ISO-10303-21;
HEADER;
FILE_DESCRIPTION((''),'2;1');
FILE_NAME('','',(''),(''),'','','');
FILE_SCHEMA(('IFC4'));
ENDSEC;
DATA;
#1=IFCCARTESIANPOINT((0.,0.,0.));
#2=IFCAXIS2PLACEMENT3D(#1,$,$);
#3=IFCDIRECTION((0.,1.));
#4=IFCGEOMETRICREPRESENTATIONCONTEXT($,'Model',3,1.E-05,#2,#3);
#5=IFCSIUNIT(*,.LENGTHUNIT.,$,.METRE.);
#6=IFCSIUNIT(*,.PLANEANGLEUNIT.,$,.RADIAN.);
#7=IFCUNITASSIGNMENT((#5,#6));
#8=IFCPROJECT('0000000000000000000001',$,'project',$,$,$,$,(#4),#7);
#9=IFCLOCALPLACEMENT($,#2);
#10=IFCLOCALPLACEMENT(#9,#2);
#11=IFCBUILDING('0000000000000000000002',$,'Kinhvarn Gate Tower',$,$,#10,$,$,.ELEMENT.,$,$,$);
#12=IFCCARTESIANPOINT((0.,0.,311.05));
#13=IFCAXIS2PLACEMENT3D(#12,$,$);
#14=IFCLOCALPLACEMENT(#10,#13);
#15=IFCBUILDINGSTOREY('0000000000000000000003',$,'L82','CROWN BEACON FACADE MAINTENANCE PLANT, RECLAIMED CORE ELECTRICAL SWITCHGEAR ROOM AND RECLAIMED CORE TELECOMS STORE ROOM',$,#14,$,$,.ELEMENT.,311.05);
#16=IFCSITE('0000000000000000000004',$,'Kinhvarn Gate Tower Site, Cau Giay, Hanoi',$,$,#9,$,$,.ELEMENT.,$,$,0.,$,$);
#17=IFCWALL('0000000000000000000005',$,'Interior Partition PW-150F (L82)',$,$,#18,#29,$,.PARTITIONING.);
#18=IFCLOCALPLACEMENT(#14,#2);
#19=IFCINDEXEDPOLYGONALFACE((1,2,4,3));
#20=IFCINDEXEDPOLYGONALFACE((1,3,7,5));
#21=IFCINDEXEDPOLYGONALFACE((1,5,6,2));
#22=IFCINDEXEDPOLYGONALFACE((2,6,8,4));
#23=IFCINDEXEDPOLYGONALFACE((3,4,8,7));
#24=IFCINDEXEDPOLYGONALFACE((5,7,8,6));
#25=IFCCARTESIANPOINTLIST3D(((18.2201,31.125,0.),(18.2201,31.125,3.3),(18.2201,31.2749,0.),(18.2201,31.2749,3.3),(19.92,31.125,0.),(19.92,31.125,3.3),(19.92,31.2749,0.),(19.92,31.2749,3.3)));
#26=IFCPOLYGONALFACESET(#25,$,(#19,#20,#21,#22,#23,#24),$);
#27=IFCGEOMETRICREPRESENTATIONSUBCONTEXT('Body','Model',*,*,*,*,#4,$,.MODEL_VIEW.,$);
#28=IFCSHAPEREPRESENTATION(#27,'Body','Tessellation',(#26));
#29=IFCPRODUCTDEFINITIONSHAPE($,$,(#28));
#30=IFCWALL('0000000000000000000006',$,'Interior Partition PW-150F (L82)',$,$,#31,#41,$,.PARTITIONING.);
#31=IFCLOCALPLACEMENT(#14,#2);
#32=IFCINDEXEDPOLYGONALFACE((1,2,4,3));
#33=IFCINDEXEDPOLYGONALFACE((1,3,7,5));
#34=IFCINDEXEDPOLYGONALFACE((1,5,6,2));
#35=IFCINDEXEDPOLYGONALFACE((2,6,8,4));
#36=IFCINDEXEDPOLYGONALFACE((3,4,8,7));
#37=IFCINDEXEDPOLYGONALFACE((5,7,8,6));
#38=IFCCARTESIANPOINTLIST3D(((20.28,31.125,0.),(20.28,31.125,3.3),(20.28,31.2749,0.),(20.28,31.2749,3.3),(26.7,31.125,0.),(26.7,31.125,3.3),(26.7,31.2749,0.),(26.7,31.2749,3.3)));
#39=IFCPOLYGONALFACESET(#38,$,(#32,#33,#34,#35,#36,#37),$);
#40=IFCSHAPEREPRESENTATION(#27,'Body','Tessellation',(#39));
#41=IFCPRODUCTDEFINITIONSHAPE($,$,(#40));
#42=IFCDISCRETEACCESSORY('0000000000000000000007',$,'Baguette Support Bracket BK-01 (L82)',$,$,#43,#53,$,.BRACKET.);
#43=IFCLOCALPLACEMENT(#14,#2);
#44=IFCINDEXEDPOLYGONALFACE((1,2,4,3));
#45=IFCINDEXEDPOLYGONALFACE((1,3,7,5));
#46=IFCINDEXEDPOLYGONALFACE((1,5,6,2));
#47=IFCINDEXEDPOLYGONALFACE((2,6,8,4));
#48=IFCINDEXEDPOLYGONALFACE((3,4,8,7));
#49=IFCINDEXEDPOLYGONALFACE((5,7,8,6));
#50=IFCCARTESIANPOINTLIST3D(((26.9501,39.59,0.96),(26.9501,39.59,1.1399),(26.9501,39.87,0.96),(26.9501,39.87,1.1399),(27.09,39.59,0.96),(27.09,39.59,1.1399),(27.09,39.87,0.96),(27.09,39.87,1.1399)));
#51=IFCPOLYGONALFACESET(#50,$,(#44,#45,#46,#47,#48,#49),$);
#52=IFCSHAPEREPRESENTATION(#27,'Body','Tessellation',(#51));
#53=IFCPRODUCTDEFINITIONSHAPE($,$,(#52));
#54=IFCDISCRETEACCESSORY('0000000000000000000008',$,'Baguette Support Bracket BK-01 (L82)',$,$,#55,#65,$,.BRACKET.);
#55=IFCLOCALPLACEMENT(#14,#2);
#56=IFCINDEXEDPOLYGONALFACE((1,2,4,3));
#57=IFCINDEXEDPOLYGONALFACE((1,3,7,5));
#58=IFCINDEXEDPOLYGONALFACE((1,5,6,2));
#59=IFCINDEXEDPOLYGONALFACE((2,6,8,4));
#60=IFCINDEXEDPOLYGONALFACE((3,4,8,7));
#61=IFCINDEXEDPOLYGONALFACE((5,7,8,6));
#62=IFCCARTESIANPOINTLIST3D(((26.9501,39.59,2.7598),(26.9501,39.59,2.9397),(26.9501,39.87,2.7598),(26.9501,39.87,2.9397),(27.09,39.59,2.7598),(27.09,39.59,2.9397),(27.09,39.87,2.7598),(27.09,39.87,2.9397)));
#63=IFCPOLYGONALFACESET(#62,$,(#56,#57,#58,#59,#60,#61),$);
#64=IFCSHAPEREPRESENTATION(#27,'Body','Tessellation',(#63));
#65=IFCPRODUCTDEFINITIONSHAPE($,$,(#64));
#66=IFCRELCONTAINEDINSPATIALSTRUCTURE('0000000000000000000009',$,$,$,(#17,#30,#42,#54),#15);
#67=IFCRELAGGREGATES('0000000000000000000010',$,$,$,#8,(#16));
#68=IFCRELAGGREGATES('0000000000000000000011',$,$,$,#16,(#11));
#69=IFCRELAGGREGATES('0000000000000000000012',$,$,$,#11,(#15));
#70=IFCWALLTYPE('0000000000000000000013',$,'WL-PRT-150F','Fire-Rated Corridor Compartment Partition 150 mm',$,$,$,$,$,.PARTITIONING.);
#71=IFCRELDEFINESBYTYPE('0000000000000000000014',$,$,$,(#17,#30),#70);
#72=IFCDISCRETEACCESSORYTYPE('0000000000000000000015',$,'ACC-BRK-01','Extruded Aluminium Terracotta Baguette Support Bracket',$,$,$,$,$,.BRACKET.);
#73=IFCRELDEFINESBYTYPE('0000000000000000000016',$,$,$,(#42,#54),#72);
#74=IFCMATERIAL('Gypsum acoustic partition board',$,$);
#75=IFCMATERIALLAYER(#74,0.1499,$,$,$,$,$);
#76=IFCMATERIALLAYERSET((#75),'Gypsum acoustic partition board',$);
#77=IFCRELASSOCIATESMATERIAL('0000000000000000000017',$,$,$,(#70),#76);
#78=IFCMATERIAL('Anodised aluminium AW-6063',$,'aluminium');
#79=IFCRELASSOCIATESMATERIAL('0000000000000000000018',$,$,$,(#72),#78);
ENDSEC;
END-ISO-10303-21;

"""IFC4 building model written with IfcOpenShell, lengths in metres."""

from ifc_helpers import new_model, si_unit, direction, frame, frame_2d, origin, origin_2d, place, context, subcontext, project, spatial, rectangle, extrude, material, layer, layer_set, type_object, element, save


model = new_model("IFC4")

# Units and contexts
model_context = context("Model", 3, precision=1e-05, world=origin(), true_north=direction((0.0, 1.0)))
body_context = subcontext(model_context, "Body", "Model", "MODEL_VIEW")
ifc_project = project(units=[si_unit("LENGTHUNIT", "METRE"), si_unit("PLANEANGLEUNIT", "RADIAN")], contexts=[model_context])

# Site, building, storey
site_placement = place(None, origin())
site = spatial("IfcSite", under=ifc_project, at=site_placement, Name="Kinhvarn Gate Tower Site, Cau Giay, Hanoi", CompositionType="ELEMENT", RefElevation=0.0)
building_placement = place(site_placement, origin())
building = spatial("IfcBuilding", under=site, at=building_placement, Name="Kinhvarn Gate Tower", CompositionType="ELEMENT")
storey_placement = place(building_placement, frame((0.0, 0.0, 311.05)))
storey = spatial("IfcBuildingStorey", under=building, at=storey_placement, Name="L82", Description="CROWN BEACON FACADE MAINTENANCE PLANT, RECLAIMED CORE ELECTRICAL SWITCHGEAR ROOM AND RECLAIMED CORE TELECOMS STORE ROOM", CompositionType="ELEMENT", Elevation=311.05)

# Shared definitions
ifc_material_1 = material(Name="Anodised aluminium AW-6063", Category="aluminium")

# Walls
ifc_material_2 = material(Name="Gypsum acoustic partition board")
ifc_layer_1 = layer(ifc_material_2, 0.1499)
ifc_layer_set_1 = layer_set([ifc_layer_1], Name="Gypsum acoustic partition board")
wall_type = type_object("IfcWallType", Name="WL-PRT-150F", Description="Fire-Rated Corridor Compartment Partition 150 mm", PredefinedType="PARTITIONING", material=ifc_layer_set_1)
wall_1_placement = place(storey_placement, frame((18.22, 31.2, 0.0), z_axis=(0.0, 0.0, 1.0), x_axis=(1.0, 0.0, 0.0)))
element("IfcWall", 1, at=wall_1_placement, inside=storey, type_object=wall_type, Name="Interior Partition PW-150F (L82)", PredefinedType="PARTITIONING", context=body_context, shape_type="SweptSolid", body=[
    extrude(rectangle(XDim=1.7, YDim=0.1499, at=frame_2d((0.8501, 0.0))), origin(), (0.0, 0.0, 1.0), 3.3),
])
wall_2_placement = place(storey_placement, frame((20.28, 31.2, 0.0), z_axis=(0.0, 0.0, 1.0), x_axis=(1.0, 0.0, 0.0)))
element("IfcWall", 2, at=wall_2_placement, inside=storey, type_object=wall_type, Name="Interior Partition PW-150F (L82)", PredefinedType="PARTITIONING", context=body_context, shape_type="SweptSolid", body=[
    extrude(rectangle(XDim=6.4199, YDim=0.1499, at=frame_2d((3.21, 0.0))), origin(), (0.0, 0.0, 1.0), 3.3),
])

# Discrete accessories
discrete_accessory_type = type_object("IfcDiscreteAccessoryType", Name="ACC-BRK-01", Description="Extruded Aluminium Terracotta Baguette Support Bracket", PredefinedType="BRACKET", material=ifc_material_1)
for number, where, z_axis, x_axis, name in (
    (3, (27.02, 39.73, 0.96), (0.0, 0.0, 1.0), (-1.0, 0.0, 0.0), "Baguette Support Bracket BK-01 (L82)"),
    (4, (27.02, 39.73, 2.7598), (0.0, 0.0, 1.0), (-1.0, 0.0, 0.0), "Baguette Support Bracket BK-01 (L82)"),
):
    element("IfcDiscreteAccessory", number, at=place(storey_placement, frame(where, z_axis=z_axis, x_axis=x_axis)), inside=storey, type_object=discrete_accessory_type, Name=name, PredefinedType="BRACKET", context=body_context, shape_type="SweptSolid", body=[
        extrude(rectangle(XDim=0.1399, YDim=0.28, at=origin_2d()), origin(), (0.0, 0.0, 1.0), 0.1799),
    ])

save(model, "model.ifc")
